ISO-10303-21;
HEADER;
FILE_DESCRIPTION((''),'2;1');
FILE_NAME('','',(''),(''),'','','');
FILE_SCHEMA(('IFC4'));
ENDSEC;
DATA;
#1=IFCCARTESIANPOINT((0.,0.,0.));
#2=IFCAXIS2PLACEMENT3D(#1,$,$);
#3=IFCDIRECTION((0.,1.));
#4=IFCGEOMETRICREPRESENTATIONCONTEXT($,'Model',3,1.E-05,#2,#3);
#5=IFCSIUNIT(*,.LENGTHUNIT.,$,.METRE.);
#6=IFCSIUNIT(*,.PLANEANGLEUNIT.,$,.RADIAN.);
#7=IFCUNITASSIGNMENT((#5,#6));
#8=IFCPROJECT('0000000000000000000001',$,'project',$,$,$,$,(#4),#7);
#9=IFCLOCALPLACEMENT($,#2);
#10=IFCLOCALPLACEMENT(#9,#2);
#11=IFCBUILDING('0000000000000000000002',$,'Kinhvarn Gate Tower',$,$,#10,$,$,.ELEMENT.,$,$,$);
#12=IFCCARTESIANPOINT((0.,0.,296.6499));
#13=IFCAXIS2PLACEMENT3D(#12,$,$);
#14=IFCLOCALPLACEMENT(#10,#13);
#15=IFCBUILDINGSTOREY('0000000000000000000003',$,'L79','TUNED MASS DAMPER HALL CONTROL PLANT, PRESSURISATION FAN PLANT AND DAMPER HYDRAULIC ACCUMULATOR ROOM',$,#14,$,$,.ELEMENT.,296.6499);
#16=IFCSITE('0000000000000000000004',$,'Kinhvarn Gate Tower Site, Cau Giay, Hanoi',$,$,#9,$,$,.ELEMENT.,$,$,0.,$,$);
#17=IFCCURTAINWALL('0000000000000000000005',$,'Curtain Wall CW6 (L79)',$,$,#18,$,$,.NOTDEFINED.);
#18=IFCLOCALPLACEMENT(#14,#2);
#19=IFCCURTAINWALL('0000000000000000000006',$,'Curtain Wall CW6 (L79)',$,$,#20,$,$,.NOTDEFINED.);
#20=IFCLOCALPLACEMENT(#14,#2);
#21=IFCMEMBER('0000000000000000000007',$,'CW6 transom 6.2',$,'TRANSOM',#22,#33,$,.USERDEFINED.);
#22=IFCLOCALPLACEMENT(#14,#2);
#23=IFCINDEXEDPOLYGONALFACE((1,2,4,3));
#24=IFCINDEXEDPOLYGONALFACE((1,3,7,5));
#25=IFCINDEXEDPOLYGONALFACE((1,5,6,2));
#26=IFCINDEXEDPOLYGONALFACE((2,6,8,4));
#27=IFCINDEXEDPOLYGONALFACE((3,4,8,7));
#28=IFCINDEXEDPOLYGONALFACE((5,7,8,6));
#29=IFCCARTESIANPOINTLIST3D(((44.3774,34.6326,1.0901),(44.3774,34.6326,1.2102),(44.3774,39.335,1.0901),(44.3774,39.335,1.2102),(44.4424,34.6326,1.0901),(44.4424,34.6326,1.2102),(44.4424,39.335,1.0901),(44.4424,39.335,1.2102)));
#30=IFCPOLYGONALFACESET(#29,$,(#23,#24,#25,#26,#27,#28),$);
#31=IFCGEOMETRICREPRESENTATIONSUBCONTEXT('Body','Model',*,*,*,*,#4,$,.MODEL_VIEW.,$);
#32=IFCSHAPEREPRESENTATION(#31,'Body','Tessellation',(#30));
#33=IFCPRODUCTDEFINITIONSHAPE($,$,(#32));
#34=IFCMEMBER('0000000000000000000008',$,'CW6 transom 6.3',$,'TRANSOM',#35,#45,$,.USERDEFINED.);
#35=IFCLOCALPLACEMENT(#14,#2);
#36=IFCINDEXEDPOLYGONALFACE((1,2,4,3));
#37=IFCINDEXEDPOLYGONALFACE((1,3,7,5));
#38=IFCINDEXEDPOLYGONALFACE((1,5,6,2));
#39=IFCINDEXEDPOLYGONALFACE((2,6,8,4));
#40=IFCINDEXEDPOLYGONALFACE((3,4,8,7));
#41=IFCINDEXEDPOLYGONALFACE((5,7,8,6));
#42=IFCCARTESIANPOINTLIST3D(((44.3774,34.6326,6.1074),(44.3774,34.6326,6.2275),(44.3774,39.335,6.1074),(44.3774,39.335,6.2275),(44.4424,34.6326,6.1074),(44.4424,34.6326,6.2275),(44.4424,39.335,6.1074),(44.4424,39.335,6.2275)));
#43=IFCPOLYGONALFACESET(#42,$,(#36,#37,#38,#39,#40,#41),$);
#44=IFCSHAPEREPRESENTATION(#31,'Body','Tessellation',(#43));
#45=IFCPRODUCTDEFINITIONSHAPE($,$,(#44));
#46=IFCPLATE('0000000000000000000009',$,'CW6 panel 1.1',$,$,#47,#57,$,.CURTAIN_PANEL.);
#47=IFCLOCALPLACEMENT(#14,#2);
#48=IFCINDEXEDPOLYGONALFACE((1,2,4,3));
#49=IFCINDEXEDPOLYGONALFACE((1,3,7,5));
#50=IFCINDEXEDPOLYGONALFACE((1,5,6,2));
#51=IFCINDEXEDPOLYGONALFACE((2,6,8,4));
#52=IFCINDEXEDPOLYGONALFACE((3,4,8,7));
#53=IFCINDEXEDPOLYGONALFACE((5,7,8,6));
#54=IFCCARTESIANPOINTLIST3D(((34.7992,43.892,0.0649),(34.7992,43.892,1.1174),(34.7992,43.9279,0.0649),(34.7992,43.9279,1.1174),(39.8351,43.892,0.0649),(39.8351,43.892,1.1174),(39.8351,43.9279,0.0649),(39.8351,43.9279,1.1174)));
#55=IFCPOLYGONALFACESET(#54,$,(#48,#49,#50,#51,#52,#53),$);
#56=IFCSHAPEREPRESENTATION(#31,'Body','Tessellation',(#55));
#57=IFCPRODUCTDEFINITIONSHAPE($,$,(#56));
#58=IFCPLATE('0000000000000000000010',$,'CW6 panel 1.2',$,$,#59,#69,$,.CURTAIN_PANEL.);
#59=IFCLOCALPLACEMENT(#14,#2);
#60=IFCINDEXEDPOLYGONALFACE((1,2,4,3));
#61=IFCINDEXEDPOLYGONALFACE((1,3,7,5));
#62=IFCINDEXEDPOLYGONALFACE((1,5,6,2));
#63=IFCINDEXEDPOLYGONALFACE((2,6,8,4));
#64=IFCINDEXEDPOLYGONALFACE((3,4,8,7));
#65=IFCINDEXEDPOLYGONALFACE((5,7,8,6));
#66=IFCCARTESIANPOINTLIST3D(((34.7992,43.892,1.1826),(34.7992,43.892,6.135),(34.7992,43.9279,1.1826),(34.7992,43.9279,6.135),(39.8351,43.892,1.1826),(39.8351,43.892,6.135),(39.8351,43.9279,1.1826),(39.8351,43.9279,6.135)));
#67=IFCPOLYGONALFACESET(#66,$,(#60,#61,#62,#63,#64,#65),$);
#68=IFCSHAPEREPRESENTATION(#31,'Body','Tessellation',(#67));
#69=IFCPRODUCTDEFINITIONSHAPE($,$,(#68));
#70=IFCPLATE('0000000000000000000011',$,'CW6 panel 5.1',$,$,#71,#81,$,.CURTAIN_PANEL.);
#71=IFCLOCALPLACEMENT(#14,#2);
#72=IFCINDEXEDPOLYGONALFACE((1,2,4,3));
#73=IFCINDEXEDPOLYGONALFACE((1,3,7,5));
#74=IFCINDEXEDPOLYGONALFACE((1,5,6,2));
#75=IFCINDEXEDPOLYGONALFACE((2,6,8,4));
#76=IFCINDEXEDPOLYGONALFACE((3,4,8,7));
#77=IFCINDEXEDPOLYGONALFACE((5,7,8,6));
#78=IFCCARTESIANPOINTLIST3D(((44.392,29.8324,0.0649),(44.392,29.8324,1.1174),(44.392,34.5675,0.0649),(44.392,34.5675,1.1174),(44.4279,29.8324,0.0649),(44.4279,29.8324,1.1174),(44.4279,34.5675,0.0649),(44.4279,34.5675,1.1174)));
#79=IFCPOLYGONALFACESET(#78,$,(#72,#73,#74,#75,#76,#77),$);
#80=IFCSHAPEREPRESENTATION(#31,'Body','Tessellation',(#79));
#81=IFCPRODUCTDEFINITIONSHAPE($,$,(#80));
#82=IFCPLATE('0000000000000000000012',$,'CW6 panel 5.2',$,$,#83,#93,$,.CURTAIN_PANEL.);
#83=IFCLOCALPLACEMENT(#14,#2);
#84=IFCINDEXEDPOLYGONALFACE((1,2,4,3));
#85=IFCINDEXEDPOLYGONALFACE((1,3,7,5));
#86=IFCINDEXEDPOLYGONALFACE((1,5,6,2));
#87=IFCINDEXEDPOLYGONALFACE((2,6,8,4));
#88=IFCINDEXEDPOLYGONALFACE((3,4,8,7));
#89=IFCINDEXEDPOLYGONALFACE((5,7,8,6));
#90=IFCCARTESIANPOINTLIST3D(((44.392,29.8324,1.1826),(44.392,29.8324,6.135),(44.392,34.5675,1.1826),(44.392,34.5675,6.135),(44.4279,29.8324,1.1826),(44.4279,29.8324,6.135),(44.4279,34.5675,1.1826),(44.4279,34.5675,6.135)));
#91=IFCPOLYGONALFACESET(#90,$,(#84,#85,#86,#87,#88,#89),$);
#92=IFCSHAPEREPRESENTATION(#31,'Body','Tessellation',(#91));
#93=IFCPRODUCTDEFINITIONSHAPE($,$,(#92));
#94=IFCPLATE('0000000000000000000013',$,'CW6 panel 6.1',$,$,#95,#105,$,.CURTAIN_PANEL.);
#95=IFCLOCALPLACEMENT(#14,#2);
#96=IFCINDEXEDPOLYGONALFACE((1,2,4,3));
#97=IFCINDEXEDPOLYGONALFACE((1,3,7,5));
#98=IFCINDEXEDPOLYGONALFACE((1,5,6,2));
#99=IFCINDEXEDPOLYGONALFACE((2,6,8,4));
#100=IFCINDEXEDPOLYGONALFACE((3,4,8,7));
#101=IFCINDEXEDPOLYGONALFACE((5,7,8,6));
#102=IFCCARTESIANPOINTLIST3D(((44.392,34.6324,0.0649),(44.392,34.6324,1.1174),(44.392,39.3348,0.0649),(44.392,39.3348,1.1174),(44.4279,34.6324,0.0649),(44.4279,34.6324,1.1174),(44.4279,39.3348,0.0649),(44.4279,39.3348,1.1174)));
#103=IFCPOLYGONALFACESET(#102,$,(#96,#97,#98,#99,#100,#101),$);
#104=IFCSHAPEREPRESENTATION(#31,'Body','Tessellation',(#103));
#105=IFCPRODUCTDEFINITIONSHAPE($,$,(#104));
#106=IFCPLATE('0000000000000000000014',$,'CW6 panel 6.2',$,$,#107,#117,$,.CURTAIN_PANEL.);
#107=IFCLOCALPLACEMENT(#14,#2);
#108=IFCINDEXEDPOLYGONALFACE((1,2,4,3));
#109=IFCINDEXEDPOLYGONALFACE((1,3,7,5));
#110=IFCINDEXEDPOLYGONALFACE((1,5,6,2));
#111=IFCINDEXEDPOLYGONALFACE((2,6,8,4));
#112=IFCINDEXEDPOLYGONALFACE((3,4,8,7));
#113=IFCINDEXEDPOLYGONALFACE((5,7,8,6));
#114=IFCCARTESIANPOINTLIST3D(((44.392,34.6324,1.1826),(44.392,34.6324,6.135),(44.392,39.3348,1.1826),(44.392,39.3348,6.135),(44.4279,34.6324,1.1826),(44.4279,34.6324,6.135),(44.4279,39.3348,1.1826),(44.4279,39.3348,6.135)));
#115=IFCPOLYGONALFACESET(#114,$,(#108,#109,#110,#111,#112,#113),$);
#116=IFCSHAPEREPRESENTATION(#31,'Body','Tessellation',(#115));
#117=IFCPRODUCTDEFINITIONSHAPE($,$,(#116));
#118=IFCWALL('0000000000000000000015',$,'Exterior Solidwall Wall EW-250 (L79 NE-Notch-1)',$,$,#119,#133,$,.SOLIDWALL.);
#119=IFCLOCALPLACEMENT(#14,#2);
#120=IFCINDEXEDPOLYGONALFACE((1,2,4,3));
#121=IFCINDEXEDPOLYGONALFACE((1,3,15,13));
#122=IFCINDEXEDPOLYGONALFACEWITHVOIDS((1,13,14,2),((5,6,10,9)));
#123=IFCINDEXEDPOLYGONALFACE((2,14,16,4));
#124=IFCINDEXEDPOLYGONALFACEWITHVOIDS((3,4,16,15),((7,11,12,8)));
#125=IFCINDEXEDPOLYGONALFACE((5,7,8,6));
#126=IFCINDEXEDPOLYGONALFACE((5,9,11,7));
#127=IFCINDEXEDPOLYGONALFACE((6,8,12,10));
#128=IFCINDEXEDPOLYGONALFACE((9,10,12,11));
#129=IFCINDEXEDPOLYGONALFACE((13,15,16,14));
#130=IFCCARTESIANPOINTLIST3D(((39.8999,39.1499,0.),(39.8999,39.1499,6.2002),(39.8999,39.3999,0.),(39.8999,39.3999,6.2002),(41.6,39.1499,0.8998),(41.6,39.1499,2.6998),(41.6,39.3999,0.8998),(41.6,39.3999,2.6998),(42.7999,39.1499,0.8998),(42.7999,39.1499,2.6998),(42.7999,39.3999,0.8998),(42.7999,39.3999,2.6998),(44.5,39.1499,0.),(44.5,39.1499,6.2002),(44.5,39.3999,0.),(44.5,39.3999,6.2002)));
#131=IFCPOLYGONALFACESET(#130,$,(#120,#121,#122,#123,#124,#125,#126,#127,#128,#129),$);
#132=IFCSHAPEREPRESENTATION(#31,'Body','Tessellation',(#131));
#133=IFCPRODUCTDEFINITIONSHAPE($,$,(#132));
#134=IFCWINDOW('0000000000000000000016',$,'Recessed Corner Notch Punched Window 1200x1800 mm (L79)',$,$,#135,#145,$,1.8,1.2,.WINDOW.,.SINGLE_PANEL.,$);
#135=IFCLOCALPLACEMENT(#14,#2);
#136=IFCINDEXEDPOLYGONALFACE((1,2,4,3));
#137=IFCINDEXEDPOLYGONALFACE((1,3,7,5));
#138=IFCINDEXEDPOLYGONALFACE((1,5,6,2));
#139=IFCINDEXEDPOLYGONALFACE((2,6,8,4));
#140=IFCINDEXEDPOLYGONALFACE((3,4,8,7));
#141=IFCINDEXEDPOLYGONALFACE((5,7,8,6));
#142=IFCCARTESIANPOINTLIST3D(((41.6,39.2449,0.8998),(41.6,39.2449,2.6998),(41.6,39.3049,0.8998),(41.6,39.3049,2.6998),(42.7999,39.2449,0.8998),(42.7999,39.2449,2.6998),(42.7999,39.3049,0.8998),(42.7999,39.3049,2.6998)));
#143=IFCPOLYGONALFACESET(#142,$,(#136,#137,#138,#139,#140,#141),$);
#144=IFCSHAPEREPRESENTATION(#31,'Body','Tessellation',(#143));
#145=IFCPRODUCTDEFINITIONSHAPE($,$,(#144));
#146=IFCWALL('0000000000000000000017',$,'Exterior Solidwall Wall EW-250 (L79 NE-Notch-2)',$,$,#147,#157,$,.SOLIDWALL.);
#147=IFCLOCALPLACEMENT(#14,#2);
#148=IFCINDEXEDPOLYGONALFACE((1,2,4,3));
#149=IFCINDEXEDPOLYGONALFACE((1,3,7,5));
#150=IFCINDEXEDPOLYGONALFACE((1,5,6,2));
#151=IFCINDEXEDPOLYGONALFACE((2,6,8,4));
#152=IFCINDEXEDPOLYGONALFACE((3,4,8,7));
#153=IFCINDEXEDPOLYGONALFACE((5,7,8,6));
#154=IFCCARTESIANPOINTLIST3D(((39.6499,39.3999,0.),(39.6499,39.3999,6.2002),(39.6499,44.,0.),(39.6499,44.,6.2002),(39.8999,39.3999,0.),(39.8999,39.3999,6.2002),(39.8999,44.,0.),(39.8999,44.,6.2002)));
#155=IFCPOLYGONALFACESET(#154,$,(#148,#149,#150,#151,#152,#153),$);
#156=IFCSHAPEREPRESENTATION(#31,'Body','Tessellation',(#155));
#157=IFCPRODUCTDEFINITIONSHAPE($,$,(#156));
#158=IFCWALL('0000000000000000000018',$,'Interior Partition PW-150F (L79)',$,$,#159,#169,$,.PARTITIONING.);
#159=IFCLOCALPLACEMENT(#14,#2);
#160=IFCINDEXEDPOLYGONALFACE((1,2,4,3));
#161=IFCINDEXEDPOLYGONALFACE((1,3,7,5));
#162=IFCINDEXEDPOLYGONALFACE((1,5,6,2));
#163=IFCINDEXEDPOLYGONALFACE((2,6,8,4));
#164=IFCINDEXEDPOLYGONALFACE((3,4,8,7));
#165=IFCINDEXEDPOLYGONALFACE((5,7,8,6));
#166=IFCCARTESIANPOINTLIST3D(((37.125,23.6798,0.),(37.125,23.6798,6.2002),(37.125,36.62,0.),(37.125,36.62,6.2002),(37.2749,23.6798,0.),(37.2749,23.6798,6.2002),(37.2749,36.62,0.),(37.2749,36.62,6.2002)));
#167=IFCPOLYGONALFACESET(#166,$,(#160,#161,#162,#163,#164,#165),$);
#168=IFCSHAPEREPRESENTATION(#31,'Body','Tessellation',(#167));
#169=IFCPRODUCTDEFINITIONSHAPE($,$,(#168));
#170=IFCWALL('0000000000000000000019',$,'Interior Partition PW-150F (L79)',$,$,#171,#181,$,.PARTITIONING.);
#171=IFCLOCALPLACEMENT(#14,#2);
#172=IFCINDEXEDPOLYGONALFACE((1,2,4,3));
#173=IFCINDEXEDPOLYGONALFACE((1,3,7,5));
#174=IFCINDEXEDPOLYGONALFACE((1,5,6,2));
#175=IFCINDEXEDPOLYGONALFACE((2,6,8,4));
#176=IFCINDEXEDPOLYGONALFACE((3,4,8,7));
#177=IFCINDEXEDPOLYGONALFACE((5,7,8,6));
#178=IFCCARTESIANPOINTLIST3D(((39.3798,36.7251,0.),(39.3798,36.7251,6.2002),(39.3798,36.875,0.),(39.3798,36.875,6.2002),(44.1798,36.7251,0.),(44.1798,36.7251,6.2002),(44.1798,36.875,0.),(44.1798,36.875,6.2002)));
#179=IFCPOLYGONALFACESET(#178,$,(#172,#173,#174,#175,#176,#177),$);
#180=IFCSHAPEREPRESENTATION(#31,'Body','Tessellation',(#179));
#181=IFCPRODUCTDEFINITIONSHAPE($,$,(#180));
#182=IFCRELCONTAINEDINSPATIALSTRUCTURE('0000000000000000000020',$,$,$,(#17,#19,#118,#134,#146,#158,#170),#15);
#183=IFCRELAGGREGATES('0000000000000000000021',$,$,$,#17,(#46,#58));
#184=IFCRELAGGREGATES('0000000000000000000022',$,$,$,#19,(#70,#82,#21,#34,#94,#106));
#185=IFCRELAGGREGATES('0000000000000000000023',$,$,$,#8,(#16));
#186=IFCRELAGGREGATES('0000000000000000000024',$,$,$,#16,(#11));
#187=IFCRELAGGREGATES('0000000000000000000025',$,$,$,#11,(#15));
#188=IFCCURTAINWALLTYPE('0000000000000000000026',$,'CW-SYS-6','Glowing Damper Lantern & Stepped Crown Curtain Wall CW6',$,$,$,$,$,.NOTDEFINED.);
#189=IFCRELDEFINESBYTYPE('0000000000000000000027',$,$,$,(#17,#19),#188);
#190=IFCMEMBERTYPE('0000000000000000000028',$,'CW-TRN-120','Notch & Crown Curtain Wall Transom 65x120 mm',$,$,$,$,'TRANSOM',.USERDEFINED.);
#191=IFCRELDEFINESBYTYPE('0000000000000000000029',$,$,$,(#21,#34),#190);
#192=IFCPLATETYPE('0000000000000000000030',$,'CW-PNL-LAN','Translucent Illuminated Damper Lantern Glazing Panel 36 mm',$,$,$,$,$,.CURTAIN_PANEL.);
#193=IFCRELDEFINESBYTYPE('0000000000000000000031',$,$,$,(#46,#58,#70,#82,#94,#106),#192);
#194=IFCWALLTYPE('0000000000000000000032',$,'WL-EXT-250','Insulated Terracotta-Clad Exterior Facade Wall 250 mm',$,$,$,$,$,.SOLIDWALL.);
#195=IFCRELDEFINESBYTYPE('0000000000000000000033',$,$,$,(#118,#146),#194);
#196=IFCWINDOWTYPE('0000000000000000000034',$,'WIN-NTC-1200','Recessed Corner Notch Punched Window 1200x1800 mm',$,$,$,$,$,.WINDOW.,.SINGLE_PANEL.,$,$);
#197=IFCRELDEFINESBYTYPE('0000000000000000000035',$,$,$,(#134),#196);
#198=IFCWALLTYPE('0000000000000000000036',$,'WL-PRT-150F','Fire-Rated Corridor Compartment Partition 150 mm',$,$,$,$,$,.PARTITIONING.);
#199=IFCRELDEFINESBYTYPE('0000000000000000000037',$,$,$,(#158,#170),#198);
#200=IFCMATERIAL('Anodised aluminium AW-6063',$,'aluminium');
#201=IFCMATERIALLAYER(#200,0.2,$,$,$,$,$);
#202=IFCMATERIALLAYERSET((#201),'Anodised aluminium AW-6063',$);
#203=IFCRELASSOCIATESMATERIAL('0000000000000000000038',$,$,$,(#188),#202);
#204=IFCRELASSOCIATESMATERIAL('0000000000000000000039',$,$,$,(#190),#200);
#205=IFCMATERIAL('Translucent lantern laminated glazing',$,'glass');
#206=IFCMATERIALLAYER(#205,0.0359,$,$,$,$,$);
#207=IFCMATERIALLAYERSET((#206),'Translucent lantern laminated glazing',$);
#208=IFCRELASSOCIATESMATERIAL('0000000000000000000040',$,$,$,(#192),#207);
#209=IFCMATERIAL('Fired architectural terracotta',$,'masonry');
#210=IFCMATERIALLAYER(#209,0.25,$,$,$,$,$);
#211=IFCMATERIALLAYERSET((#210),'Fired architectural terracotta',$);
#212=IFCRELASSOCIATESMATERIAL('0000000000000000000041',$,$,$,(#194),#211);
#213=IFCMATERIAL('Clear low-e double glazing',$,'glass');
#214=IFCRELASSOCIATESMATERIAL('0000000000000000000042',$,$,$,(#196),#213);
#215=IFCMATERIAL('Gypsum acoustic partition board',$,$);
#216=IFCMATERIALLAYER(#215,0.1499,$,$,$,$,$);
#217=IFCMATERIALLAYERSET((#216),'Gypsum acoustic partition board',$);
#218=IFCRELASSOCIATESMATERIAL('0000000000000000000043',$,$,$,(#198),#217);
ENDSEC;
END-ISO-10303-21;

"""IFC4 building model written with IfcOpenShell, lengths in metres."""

from ifc_helpers import new_model, si_unit, direction, frame, frame_2d, origin, origin_2d, place, context, subcontext, project, spatial, rectangle, extrude, material, layer, layer_set, material_profile, profile_set, type_object, element, fill, aggregate, save


model = new_model("IFC4")

# Units and contexts
model_context = context("Model", 3, precision=1e-05, world=origin(), true_north=direction((0.0, 1.0)))
body_context = subcontext(model_context, "Body", "Model", "MODEL_VIEW")
ifc_project = project(units=[si_unit("LENGTHUNIT", "METRE"), si_unit("PLANEANGLEUNIT", "RADIAN")], contexts=[model_context])

# Site, building, storey
site_placement = place(None, origin())
site = spatial("IfcSite", under=ifc_project, at=site_placement, Name="Kinhvarn Gate Tower Site, Cau Giay, Hanoi", CompositionType="ELEMENT", RefElevation=0.0)
building_placement = place(site_placement, origin())
building = spatial("IfcBuilding", under=site, at=building_placement, Name="Kinhvarn Gate Tower", CompositionType="ELEMENT")
storey_placement = place(building_placement, frame((0.0, 0.0, 296.6499)))
storey = spatial("IfcBuildingStorey", under=building, at=storey_placement, Name="L79", Description="TUNED MASS DAMPER HALL CONTROL PLANT, PRESSURISATION FAN PLANT AND DAMPER HYDRAULIC ACCUMULATOR ROOM", CompositionType="ELEMENT", Elevation=296.6499)

# Curtain walls
ifc_material_1 = material(Name="Anodised aluminium AW-6063", Category="aluminium")
ifc_layer_1 = layer(ifc_material_1, 0.2)
ifc_layer_set_1 = layer_set([ifc_layer_1], Name="Anodised aluminium AW-6063")
curtain_wall_type = type_object("IfcCurtainWallType", Name="CW-SYS-6", Description="Glowing Damper Lantern & Stepped Crown Curtain Wall CW6", PredefinedType="NOTDEFINED", material=ifc_layer_set_1)
curtain_wall_1_placement = place(storey_placement, origin())
curtain_wall_1 = element("IfcCurtainWall", 1, at=curtain_wall_1_placement, inside=storey, type_object=curtain_wall_type, Name="Curtain Wall CW6 (L79)", PredefinedType="NOTDEFINED")
curtain_wall_2_placement = place(storey_placement, origin())
curtain_wall_2 = element("IfcCurtainWall", 2, at=curtain_wall_2_placement, inside=storey, type_object=curtain_wall_type, Name="Curtain Wall CW6 (L79)", PredefinedType="NOTDEFINED")

# Members
ifc_material_profile_1 = material_profile(ifc_material_1, rectangle(XDim=0.0649, YDim=0.1201, at=origin_2d()), Name="ALU 65x120")
ifc_profile_set_1 = profile_set([ifc_material_profile_1], Name="Anodised aluminium AW-6063")
member_type_1 = type_object("IfcMemberType", Name="CW-TRN-120", Description="Notch & Crown Curtain Wall Transom 65x120 mm", ElementType="TRANSOM", PredefinedType="USERDEFINED", material=ifc_profile_set_1)
member_1_placement = place(storey_placement, frame((44.4099, 34.6326, 1.1501), z_axis=(0.0, 1.0, 0.0), x_axis=(-1.0, 0.0, 0.0)))
member_1 = element("IfcMember", 3, at=member_1_placement, type_object=member_type_1, Name="CW6 transom 6.2", ObjectType="TRANSOM", PredefinedType="USERDEFINED", context=body_context, shape_type="SweptSolid", body=[
    extrude(rectangle(XDim=0.0649, YDim=0.1201, at=origin_2d()), origin(), (0.0, 0.0, 1.0), 4.7024),
])
member_2_placement = place(storey_placement, frame((44.4099, 34.6326, 6.1675), z_axis=(0.0, 1.0, 0.0), x_axis=(-1.0, 0.0, 0.0)))
member_2 = element("IfcMember", 4, at=member_2_placement, type_object=member_type_1, Name="CW6 transom 6.3", ObjectType="TRANSOM", PredefinedType="USERDEFINED", context=body_context, shape_type="SweptSolid", body=[
    extrude(rectangle(XDim=0.0649, YDim=0.1201, at=origin_2d()), origin(), (0.0, 0.0, 1.0), 4.7024),
])

# Plates
ifc_material_2 = material(Name="Translucent lantern laminated glazing", Category="glass")
ifc_layer_2 = layer(ifc_material_2, 0.0359)
ifc_layer_set_2 = layer_set([ifc_layer_2], Name="Translucent lantern laminated glazing")
plate_type = type_object("IfcPlateType", Name="CW-PNL-LAN", Description="Translucent Illuminated Damper Lantern Glazing Panel 36 mm", PredefinedType="CURTAIN_PANEL", material=ifc_layer_set_2)
plate_1_placement = place(storey_placement, frame((37.3171, 43.9099, 0.0649), z_axis=(0.0, 0.0, 1.0), x_axis=(-1.0, 0.0, 0.0)))
plate_1 = element("IfcPlate", 5, at=plate_1_placement, type_object=plate_type, Name="CW6 panel 1.1", PredefinedType="CURTAIN_PANEL", context=body_context, shape_type="SweptSolid", body=[
    extrude(rectangle(XDim=5.0359, YDim=0.0359, at=origin_2d()), origin(), (0.0, 0.0, 1.0), 1.0525),
])
plate_2_placement = place(storey_placement, frame((37.3171, 43.9099, 1.1826), z_axis=(0.0, 0.0, 1.0), x_axis=(-1.0, 0.0, 0.0)))
plate_2 = element("IfcPlate", 6, at=plate_2_placement, type_object=plate_type, Name="CW6 panel 1.2", PredefinedType="CURTAIN_PANEL", context=body_context, shape_type="SweptSolid", body=[
    extrude(rectangle(XDim=5.0359, YDim=0.0359, at=origin_2d()), origin(), (0.0, 0.0, 1.0), 4.9524),
])
aggregate(curtain_wall_1, [plate_1, plate_2])
plate_3_placement = place(storey_placement, frame((44.4099, 32.2, 0.0649), z_axis=(0.0, 0.0, 1.0), x_axis=(0.0, 1.0, 0.0)))
plate_3 = element("IfcPlate", 7, at=plate_3_placement, type_object=plate_type, Name="CW6 panel 5.1", PredefinedType="CURTAIN_PANEL", context=body_context, shape_type="SweptSolid", body=[
    extrude(rectangle(XDim=4.7351, YDim=0.0359, at=origin_2d()), origin(), (0.0, 0.0, 1.0), 1.0525),
])
plate_4_placement = place(storey_placement, frame((44.4099, 32.2, 1.1826), z_axis=(0.0, 0.0, 1.0), x_axis=(0.0, 1.0, 0.0)))
plate_4 = element("IfcPlate", 8, at=plate_4_placement, type_object=plate_type, Name="CW6 panel 5.2", PredefinedType="CURTAIN_PANEL", context=body_context, shape_type="SweptSolid", body=[
    extrude(rectangle(XDim=4.7351, YDim=0.0359, at=origin_2d()), origin(), (0.0, 0.0, 1.0), 4.9524),
])
plate_5_placement = place(storey_placement, frame((44.4099, 36.9836, 0.0649), z_axis=(0.0, 0.0, 1.0), x_axis=(0.0, 1.0, 0.0)))
plate_5 = element("IfcPlate", 9, at=plate_5_placement, type_object=plate_type, Name="CW6 panel 6.1", PredefinedType="CURTAIN_PANEL", context=body_context, shape_type="SweptSolid", body=[
    extrude(rectangle(XDim=4.7024, YDim=0.0359, at=origin_2d()), origin(), (0.0, 0.0, 1.0), 1.0525),
])
plate_6_placement = place(storey_placement, frame((44.4099, 36.9836, 1.1826), z_axis=(0.0, 0.0, 1.0), x_axis=(0.0, 1.0, 0.0)))
plate_6 = element("IfcPlate", 10, at=plate_6_placement, type_object=plate_type, Name="CW6 panel 6.2", PredefinedType="CURTAIN_PANEL", context=body_context, shape_type="SweptSolid", body=[
    extrude(rectangle(XDim=4.7024, YDim=0.0359, at=origin_2d()), origin(), (0.0, 0.0, 1.0), 4.9524),
])
aggregate(curtain_wall_2, [plate_3, plate_4, member_1, member_2, plate_5, plate_6])

# Wall, opening, window
ifc_material_3 = material(Name="Fired architectural terracotta", Category="masonry")
ifc_layer_3 = layer(ifc_material_3, 0.25)
ifc_layer_set_3 = layer_set([ifc_layer_3], Name="Fired architectural terracotta")
wall_type_1 = type_object("IfcWallType", Name="WL-EXT-250", Description="Insulated Terracotta-Clad Exterior Facade Wall 250 mm", PredefinedType="SOLIDWALL", material=ifc_layer_set_3)
wall_1_placement = place(storey_placement, frame((44.5, 39.2749, 0.0), z_axis=(0.0, 0.0, 1.0), x_axis=(-1.0, 0.0, 0.0)))
wall_1 = element("IfcWall", 11, at=wall_1_placement, inside=storey, type_object=wall_type_1, Name="Exterior Solidwall Wall EW-250 (L79 NE-Notch-1)", PredefinedType="SOLIDWALL", context=body_context, shape_type="SweptSolid", body=[
    extrude(rectangle(XDim=4.6001, YDim=0.25, at=frame_2d((2.3, 0.0))), origin(), (0.0, 0.0, 1.0), 6.2002),
])
opening_placement = place(wall_1_placement, frame((1.7, 0.0, 0.8999)))
opening = element("IfcOpeningElement", 12, at=opening_placement, cuts=wall_1, PredefinedType="OPENING", context=body_context, shape_type="SweptSolid", body=[
    extrude(rectangle(XDim=1.2, YDim=1.8, at=frame_2d((0.6001, 0.8999))), frame((0.0, 0.135, 0.0), z_axis=(0.0, -1.0, 0.0), x_axis=(1.0, 0.0, 0.0)), (0.0, 0.0, 1.0), 0.27),
])
ifc_material_4 = material(Name="Clear low-e double glazing", Category="glass")
window_type = type_object("IfcWindowType", Name="WIN-NTC-1200", Description="Recessed Corner Notch Punched Window 1200x1800 mm", PartitioningType="SINGLE_PANEL", PredefinedType="WINDOW", material=ifc_material_4)
window_placement = place(opening_placement, origin())
window = element("IfcWindow", 13, at=window_placement, inside=storey, type_object=window_type, Name="Recessed Corner Notch Punched Window 1200x1800 mm (L79)", OverallHeight=1.8, OverallWidth=1.2, PartitioningType="SINGLE_PANEL", PredefinedType="WINDOW", context=body_context, shape_type="SweptSolid", body=[
    extrude(rectangle(XDim=1.2, YDim=1.8, at=frame_2d((0.6001, 0.8999))), frame((0.0, 0.03, 0.0), z_axis=(0.0, -1.0, 0.0), x_axis=(1.0, 0.0, 0.0)), (0.0, 0.0, 1.0), 0.0601),
])
fill(opening, window)

# Walls
wall_2_placement = place(storey_placement, frame((39.7749, 39.3999, 0.0), z_axis=(0.0, 0.0, 1.0), x_axis=(0.0, 1.0, 0.0)))
element("IfcWall", 14, at=wall_2_placement, inside=storey, type_object=wall_type_1, Name="Exterior Solidwall Wall EW-250 (L79 NE-Notch-2)", PredefinedType="SOLIDWALL", context=body_context, shape_type="SweptSolid", body=[
    extrude(rectangle(XDim=4.6001, YDim=0.25, at=frame_2d((2.3, 0.0))), origin(), (0.0, 0.0, 1.0), 6.2002),
])
ifc_material_5 = material(Name="Gypsum acoustic partition board")
ifc_layer_4 = layer(ifc_material_5, 0.1499)
ifc_layer_set_4 = layer_set([ifc_layer_4], Name="Gypsum acoustic partition board")
wall_type_2 = type_object("IfcWallType", Name="WL-PRT-150F", Description="Fire-Rated Corridor Compartment Partition 150 mm", PredefinedType="PARTITIONING", material=ifc_layer_set_4)
wall_3_placement = place(storey_placement, frame((37.2, 36.6201, 0.0), z_axis=(0.0, 0.0, 1.0), x_axis=(0.0, -1.0, 0.0)))
element("IfcWall", 15, at=wall_3_placement, inside=storey, type_object=wall_type_2, Name="Interior Partition PW-150F (L79)", PredefinedType="PARTITIONING", context=body_context, shape_type="SweptSolid", body=[
    extrude(rectangle(XDim=12.9402, YDim=0.1499, at=frame_2d((6.4702, 0.0))), origin(), (0.0, 0.0, 1.0), 6.2002),
])
wall_4_placement = place(storey_placement, frame((39.3799, 36.8, 0.0), z_axis=(0.0, 0.0, 1.0), x_axis=(1.0, 0.0, 0.0)))
element("IfcWall", 16, at=wall_4_placement, inside=storey, type_object=wall_type_2, Name="Interior Partition PW-150F (L79)", PredefinedType="PARTITIONING", context=body_context, shape_type="SweptSolid", body=[
    extrude(rectangle(XDim=4.8, YDim=0.1499, at=frame_2d((2.3999, 0.0))), origin(), (0.0, 0.0, 1.0), 6.2002),
])

save(model, "model.ifc")
